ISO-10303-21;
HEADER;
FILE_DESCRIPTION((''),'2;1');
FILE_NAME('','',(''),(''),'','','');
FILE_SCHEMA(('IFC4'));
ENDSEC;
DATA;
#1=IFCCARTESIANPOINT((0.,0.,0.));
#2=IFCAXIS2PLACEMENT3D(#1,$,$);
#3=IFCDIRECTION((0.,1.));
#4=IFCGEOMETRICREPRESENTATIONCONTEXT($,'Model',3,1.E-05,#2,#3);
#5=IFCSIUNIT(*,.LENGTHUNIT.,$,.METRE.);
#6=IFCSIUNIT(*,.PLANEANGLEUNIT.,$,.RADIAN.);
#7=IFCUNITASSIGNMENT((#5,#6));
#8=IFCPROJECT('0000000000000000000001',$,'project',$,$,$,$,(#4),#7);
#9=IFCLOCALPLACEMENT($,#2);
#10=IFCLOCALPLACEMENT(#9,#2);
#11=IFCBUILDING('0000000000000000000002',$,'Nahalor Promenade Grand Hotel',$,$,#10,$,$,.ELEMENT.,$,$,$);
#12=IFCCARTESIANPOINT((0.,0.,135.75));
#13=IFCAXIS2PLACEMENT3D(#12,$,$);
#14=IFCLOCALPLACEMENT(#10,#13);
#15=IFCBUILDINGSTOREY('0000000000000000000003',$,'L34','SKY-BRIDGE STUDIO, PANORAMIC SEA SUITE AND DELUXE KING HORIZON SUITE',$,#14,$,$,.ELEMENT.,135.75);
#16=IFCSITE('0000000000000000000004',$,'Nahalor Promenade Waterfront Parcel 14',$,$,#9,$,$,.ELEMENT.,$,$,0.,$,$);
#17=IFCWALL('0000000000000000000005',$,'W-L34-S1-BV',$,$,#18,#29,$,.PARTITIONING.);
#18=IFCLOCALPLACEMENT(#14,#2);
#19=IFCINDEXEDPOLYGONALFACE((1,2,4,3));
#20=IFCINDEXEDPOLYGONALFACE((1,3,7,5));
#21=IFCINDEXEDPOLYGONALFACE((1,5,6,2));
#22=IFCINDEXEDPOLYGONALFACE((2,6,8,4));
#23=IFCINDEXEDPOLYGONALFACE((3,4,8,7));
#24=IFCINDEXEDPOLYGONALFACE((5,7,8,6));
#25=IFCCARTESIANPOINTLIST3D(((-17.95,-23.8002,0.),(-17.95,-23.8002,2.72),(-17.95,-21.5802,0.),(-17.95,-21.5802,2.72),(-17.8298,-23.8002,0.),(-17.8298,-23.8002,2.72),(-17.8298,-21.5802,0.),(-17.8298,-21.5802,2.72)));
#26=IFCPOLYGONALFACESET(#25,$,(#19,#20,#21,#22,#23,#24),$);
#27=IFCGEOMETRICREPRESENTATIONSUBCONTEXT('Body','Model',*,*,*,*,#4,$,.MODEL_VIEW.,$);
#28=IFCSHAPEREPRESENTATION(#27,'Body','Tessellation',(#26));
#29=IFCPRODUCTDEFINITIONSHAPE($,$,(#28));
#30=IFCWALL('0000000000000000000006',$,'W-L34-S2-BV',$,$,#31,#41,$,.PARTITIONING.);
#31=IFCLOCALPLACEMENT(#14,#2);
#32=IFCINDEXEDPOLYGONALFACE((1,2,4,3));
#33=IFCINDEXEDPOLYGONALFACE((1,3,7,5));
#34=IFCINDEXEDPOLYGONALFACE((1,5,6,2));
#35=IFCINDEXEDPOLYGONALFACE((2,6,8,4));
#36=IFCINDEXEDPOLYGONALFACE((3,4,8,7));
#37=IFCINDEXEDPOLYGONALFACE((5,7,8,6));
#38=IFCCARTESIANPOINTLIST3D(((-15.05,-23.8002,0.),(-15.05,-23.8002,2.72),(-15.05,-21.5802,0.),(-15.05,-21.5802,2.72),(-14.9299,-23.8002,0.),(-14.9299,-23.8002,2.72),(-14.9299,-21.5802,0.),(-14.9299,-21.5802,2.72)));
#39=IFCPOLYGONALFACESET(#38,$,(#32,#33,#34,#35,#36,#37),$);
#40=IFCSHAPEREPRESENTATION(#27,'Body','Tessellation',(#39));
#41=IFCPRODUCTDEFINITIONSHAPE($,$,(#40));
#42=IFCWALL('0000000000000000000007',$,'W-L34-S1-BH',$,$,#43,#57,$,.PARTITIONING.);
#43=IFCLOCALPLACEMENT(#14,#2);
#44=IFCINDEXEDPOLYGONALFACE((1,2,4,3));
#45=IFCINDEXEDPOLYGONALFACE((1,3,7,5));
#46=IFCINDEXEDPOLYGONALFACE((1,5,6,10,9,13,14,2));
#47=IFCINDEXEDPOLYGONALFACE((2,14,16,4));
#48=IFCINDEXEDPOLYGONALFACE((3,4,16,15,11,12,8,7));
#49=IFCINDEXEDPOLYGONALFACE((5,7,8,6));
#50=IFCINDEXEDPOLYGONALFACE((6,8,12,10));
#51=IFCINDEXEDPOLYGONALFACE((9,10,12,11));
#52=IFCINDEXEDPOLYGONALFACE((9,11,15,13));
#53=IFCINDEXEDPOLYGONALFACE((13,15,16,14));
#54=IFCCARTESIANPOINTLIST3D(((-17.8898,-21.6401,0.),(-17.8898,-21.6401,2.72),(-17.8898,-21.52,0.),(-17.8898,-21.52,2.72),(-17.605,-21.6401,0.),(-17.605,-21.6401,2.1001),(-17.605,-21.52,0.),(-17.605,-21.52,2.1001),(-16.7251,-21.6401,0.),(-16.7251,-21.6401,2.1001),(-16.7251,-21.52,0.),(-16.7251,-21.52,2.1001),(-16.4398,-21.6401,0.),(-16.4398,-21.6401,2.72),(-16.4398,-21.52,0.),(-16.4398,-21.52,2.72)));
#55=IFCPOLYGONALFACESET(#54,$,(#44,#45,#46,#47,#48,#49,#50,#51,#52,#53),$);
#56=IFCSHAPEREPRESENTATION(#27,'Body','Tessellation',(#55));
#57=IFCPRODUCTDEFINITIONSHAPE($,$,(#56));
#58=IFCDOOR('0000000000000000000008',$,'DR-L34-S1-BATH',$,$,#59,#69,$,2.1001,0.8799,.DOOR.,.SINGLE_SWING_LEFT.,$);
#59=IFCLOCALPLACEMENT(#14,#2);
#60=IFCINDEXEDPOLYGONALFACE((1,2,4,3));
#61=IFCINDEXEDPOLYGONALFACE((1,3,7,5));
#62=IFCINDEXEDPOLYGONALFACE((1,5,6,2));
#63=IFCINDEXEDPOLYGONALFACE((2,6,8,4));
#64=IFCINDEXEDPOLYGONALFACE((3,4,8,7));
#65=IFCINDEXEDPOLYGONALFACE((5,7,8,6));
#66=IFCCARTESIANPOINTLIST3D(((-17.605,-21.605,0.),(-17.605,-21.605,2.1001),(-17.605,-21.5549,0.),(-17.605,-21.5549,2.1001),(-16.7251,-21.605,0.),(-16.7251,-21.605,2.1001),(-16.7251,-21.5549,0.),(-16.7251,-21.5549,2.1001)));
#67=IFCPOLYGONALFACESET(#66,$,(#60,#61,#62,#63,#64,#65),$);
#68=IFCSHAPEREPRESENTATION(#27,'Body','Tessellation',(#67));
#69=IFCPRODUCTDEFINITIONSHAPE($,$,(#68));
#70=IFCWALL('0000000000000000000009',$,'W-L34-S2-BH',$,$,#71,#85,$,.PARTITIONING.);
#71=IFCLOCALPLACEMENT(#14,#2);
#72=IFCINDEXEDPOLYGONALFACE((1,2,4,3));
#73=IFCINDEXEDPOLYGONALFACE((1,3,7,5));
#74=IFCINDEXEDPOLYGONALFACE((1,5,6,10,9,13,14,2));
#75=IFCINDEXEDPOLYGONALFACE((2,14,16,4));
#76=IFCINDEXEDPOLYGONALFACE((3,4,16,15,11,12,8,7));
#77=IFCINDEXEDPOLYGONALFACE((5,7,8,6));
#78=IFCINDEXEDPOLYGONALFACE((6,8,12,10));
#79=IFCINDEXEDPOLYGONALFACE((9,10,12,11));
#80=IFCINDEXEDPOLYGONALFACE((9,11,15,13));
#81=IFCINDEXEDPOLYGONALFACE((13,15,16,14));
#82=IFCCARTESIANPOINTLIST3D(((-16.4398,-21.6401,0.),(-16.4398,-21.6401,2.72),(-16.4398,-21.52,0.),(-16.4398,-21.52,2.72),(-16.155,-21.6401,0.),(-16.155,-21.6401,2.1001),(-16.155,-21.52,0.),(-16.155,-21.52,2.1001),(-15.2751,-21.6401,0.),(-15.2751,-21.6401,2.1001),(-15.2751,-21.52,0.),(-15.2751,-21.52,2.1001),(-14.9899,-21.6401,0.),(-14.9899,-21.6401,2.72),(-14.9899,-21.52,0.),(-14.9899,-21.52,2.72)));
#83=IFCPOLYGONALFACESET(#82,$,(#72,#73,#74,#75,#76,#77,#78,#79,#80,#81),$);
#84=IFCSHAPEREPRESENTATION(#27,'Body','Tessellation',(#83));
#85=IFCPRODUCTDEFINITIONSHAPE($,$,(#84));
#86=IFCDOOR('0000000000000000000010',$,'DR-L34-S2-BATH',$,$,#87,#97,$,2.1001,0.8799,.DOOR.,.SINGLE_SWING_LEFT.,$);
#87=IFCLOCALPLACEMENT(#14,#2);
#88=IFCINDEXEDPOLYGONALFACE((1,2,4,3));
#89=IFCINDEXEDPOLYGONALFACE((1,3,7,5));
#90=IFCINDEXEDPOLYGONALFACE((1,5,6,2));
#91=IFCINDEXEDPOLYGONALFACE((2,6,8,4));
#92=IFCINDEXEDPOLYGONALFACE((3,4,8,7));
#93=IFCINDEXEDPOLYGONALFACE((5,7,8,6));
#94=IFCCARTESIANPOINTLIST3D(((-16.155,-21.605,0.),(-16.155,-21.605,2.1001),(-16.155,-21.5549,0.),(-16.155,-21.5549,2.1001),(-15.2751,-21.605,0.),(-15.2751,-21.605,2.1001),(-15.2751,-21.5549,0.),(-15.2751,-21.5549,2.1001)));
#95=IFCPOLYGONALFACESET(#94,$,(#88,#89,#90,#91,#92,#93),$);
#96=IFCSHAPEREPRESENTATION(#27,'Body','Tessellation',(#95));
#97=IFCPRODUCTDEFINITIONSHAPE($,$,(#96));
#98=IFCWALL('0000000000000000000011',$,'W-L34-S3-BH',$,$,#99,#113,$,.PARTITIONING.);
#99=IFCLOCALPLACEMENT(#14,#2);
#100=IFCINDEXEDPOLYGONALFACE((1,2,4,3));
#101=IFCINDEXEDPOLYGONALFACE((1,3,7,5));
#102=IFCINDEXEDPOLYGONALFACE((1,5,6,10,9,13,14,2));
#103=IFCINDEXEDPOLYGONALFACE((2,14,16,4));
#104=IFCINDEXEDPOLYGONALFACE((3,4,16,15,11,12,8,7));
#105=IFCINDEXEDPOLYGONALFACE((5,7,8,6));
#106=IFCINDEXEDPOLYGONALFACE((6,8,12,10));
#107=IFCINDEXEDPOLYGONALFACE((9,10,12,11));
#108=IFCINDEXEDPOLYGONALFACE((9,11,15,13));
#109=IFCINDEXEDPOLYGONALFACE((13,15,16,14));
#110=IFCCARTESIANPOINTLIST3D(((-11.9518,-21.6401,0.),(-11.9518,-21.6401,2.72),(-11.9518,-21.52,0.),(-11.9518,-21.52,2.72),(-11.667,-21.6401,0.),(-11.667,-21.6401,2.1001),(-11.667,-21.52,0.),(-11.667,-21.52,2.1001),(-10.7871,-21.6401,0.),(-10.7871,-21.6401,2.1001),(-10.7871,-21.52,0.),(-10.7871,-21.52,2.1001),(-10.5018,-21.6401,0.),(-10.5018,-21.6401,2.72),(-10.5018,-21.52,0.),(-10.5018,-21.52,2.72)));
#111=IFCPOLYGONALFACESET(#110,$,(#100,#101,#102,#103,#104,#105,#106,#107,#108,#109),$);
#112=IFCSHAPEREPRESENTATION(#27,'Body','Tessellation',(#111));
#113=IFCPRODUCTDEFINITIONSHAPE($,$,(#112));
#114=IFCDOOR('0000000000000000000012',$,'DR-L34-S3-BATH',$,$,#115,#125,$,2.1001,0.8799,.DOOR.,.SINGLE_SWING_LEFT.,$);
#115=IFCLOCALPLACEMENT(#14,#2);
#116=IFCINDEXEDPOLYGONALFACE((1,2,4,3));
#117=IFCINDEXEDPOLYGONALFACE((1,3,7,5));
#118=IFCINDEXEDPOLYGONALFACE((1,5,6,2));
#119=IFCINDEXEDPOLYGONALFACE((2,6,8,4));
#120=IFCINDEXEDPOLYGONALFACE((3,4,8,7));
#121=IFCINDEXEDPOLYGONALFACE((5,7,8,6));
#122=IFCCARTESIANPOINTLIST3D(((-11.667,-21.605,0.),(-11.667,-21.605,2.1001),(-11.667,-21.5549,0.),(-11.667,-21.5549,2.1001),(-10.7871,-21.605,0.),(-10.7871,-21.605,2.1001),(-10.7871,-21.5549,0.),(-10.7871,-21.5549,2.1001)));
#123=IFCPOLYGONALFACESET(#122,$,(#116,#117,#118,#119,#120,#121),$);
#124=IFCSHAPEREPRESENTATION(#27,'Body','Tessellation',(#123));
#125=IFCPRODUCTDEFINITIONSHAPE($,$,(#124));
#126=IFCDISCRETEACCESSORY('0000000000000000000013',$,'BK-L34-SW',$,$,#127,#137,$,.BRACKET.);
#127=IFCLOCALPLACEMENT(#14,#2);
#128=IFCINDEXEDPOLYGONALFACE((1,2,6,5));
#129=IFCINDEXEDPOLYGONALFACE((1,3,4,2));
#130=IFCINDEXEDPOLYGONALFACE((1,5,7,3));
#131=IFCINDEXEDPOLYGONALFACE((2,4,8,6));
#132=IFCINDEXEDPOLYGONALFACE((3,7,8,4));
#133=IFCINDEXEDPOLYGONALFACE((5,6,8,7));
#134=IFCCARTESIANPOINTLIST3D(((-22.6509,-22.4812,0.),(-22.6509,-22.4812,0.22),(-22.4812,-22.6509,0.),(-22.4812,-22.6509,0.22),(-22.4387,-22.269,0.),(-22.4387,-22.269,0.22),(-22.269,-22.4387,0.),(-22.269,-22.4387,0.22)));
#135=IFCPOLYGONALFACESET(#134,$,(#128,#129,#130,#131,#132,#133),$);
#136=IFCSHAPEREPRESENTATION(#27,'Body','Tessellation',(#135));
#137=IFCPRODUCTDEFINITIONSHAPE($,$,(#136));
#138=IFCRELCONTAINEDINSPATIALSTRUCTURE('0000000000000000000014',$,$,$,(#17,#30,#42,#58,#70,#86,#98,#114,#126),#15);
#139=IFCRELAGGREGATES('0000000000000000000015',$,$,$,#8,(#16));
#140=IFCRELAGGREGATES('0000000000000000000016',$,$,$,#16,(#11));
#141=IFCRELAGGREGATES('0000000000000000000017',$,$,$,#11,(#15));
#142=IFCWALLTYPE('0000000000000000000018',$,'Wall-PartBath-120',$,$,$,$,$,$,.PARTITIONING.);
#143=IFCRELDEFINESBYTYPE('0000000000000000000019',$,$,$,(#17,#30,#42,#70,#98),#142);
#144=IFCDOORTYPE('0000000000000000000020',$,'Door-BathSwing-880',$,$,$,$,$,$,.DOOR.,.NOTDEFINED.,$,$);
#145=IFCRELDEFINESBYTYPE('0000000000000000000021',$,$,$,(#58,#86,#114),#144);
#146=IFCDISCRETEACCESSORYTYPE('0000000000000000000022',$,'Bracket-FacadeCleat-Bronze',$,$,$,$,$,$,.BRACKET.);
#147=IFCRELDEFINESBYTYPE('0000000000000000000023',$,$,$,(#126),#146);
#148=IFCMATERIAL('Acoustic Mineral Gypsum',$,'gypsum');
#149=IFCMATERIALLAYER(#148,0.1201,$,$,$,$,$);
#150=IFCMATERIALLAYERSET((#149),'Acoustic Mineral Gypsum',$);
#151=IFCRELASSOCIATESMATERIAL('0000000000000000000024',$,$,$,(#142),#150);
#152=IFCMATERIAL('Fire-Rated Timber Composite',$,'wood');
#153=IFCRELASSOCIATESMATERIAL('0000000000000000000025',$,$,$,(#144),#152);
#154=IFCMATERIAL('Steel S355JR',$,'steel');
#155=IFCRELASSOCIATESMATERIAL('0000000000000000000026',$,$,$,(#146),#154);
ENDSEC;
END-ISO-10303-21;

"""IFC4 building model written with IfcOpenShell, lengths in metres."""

from ifc_helpers import new_model, si_unit, direction, frame, frame_2d, origin, origin_2d, place, context, subcontext, project, spatial, rectangle, extrude, source, transform, mapped, material, layer, layer_set, type_object, element, fill, save


model = new_model("IFC4")

# Units and contexts
model_context = context("Model", 3, precision=1e-05, world=origin(), true_north=direction((0.0, 1.0)))
body_context = subcontext(model_context, "Body", "Model", "MODEL_VIEW")
ifc_project = project(units=[si_unit("LENGTHUNIT", "METRE"), si_unit("PLANEANGLEUNIT", "RADIAN")], contexts=[model_context])

# Site, building, storey
site_placement = place(None, origin())
site = spatial("IfcSite", under=ifc_project, at=site_placement, Name="Nahalor Promenade Waterfront Parcel 14", CompositionType="ELEMENT", RefElevation=0.0)
building_placement = place(site_placement, origin())
building = spatial("IfcBuilding", under=site, at=building_placement, Name="Nahalor Promenade Grand Hotel", CompositionType="ELEMENT")
storey_placement = place(building_placement, frame((0.0, 0.0, 135.75)))
storey = spatial("IfcBuildingStorey", under=building, at=storey_placement, Name="L34", Description="SKY-BRIDGE STUDIO, PANORAMIC SEA SUITE AND DELUXE KING HORIZON SUITE", CompositionType="ELEMENT", Elevation=135.75)

# Shared definitions
ifc_material_1 = material(Name="Steel S355JR", Category="steel")

# Walls
ifc_material_2 = material(Name="Acoustic Mineral Gypsum", Category="gypsum")
ifc_layer_1 = layer(ifc_material_2, 0.1201)
ifc_layer_set_1 = layer_set([ifc_layer_1], Name="Acoustic Mineral Gypsum")
wall_type_1 = type_object("IfcWallType", Name="Wall-PartBath-120", PredefinedType="PARTITIONING", material=ifc_layer_set_1)
shared_shape_1 = source(origin(), body_context, "Body", "SweptSolid", [
    extrude(rectangle(XDim=2.22, YDim=0.1201, at=frame_2d((1.1099, 0.0))), origin(), (0.0, 0.0, 1.0), 2.72),
])
for number, where, z_axis, x_axis, name in (
    (1, (-17.8899, -23.8, 0.0), (0.0, 0.0, 1.0), (0.0, 1.0, 0.0), "W-L34-S1-BV"),
    (2, (-14.99, -23.8, 0.0), (0.0, 0.0, 1.0), (0.0, 1.0, 0.0), "W-L34-S2-BV"),
):
    element("IfcWall", number, at=place(storey_placement, frame(where, z_axis=z_axis, x_axis=x_axis)), inside=storey, type_object=wall_type_1, Name=name, PredefinedType="PARTITIONING", context=body_context, shape_type="MappedRepresentation", body=[
        mapped(shared_shape_1, transform((0.0, 0.0, 0.0), scale=1.0)),
    ])

# Walls, openings, doors
shared_shape_2 = source(origin(), body_context, "Body", "SweptSolid", [
    extrude(rectangle(XDim=1.45, YDim=0.1201, at=frame_2d((0.7251, 0.0))), origin(), (0.0, 0.0, 1.0), 2.72),
])
wall_1_placement = place(storey_placement, frame((-17.8899, -21.5801, 0.0), z_axis=(0.0, 0.0, 1.0), x_axis=(1.0, 0.0, 0.0)))
wall_1 = element("IfcWall", 3, at=wall_1_placement, inside=storey, type_object=wall_type_1, Name="W-L34-S1-BH", PredefinedType="PARTITIONING", context=body_context, shape_type="MappedRepresentation", body=[
    mapped(shared_shape_2, transform((0.0, 0.0, 0.0), scale=1.0)),
])
opening_1_placement = place(wall_1_placement, frame((0.2849, 0.0, 0.0)))
opening_1 = element("IfcOpeningElement", 4, at=opening_1_placement, cuts=wall_1, PredefinedType="OPENING", context=body_context, shape_type="SweptSolid", body=[
    extrude(rectangle(XDim=0.8799, YDim=2.1001, at=frame_2d((0.4399, 1.05))), frame((0.0, 0.0701, 0.0), z_axis=(0.0, -1.0, 0.0), x_axis=(1.0, 0.0, 0.0)), (0.0, 0.0, 1.0), 0.1401),
])
ifc_material_3 = material(Name="Fire-Rated Timber Composite", Category="wood")
door_type = type_object("IfcDoorType", Name="Door-BathSwing-880", OperationType="NOTDEFINED", PredefinedType="DOOR", material=ifc_material_3)
shared_shape_3 = source(origin(), body_context, "Body", "SweptSolid", [
    extrude(rectangle(XDim=0.8799, YDim=2.1001, at=frame_2d((0.4399, 1.05))), frame((0.0, 0.0249, 0.0), z_axis=(0.0, -1.0, 0.0), x_axis=(1.0, 0.0, 0.0)), (0.0, 0.0, 1.0), 0.05),
])
door_1_placement = place(opening_1_placement, frame((0.8799, 0.0, 0.0), z_axis=(0.0, 0.0, 1.0), x_axis=(-1.0, 0.0, 0.0)))
door_1 = element("IfcDoor", 5, at=door_1_placement, inside=storey, type_object=door_type, Name="DR-L34-S1-BATH", OperationType="SINGLE_SWING_LEFT", OverallHeight=2.1001, OverallWidth=0.8799, PredefinedType="DOOR", context=body_context, shape_type="MappedRepresentation", body=[
    mapped(shared_shape_3, transform((0.0, 0.0, 0.0), scale=1.0)),
])
fill(opening_1, door_1)
wall_2_placement = place(storey_placement, frame((-16.4399, -21.5801, 0.0), z_axis=(0.0, 0.0, 1.0), x_axis=(1.0, 0.0, 0.0)))
wall_2 = element("IfcWall", 6, at=wall_2_placement, inside=storey, type_object=wall_type_1, Name="W-L34-S2-BH", PredefinedType="PARTITIONING", context=body_context, shape_type="MappedRepresentation", body=[
    mapped(shared_shape_2, transform((0.0, 0.0, 0.0), scale=1.0)),
])
opening_2_placement = place(wall_2_placement, frame((0.2849, 0.0, 0.0)))
opening_2 = element("IfcOpeningElement", 7, at=opening_2_placement, cuts=wall_2, PredefinedType="OPENING", context=body_context, shape_type="SweptSolid", body=[
    extrude(rectangle(XDim=0.8799, YDim=2.1001, at=frame_2d((0.4399, 1.05))), frame((0.0, 0.0701, 0.0), z_axis=(0.0, -1.0, 0.0), x_axis=(1.0, 0.0, 0.0)), (0.0, 0.0, 1.0), 0.1401),
])
door_2_placement = place(opening_2_placement, frame((0.8799, 0.0, 0.0), z_axis=(0.0, 0.0, 1.0), x_axis=(-1.0, 0.0, 0.0)))
door_2 = element("IfcDoor", 8, at=door_2_placement, inside=storey, type_object=door_type, Name="DR-L34-S2-BATH", OperationType="SINGLE_SWING_LEFT", OverallHeight=2.1001, OverallWidth=0.8799, PredefinedType="DOOR", context=body_context, shape_type="MappedRepresentation", body=[
    mapped(shared_shape_3, transform((0.0, 0.0, 0.0), scale=1.0)),
])
fill(opening_2, door_2)
wall_3_placement = place(storey_placement, frame((-11.9519, -21.5801, 0.0), z_axis=(0.0, 0.0, 1.0), x_axis=(1.0, 0.0, 0.0)))
wall_3 = element("IfcWall", 9, at=wall_3_placement, inside=storey, type_object=wall_type_1, Name="W-L34-S3-BH", PredefinedType="PARTITIONING", context=body_context, shape_type="MappedRepresentation", body=[
    mapped(shared_shape_2, transform((0.0, 0.0, 0.0), scale=1.0)),
])
opening_3_placement = place(wall_3_placement, frame((0.2849, 0.0, 0.0)))
opening_3 = element("IfcOpeningElement", 10, at=opening_3_placement, cuts=wall_3, PredefinedType="OPENING", context=body_context, shape_type="SweptSolid", body=[
    extrude(rectangle(XDim=0.8799, YDim=2.1001, at=frame_2d((0.4399, 1.05))), frame((0.0, 0.0701, 0.0), z_axis=(0.0, -1.0, 0.0), x_axis=(1.0, 0.0, 0.0)), (0.0, 0.0, 1.0), 0.1401),
])
door_3_placement = place(opening_3_placement, frame((0.8799, 0.0, 0.0), z_axis=(0.0, 0.0, 1.0), x_axis=(-1.0, 0.0, 0.0)))
door_3 = element("IfcDoor", 11, at=door_3_placement, inside=storey, type_object=door_type, Name="DR-L34-S3-BATH", OperationType="SINGLE_SWING_LEFT", OverallHeight=2.1001, OverallWidth=0.8799, PredefinedType="DOOR", context=body_context, shape_type="MappedRepresentation", body=[
    mapped(shared_shape_3, transform((0.0, 0.0, 0.0), scale=1.0)),
])
fill(opening_3, door_3)

# Discrete accessory
discrete_accessory_type = type_object("IfcDiscreteAccessoryType", Name="Bracket-FacadeCleat-Bronze", PredefinedType="BRACKET", material=ifc_material_1)
shared_shape_4 = source(origin(), body_context, "Body", "SweptSolid", [
    extrude(rectangle(XDim=0.3, YDim=0.24, at=origin_2d()), origin(), (0.0, 0.0, 1.0), 0.22),
])
discrete_accessory_placement = place(storey_placement, frame((-22.46, -22.46, 0.0), z_axis=(0.0, 0.0, 1.0), x_axis=(0.707107, 0.707107, 0.0)))
element("IfcDiscreteAccessory", 12, at=discrete_accessory_placement, inside=storey, type_object=discrete_accessory_type, Name="BK-L34-SW", PredefinedType="BRACKET", context=body_context, shape_type="MappedRepresentation", body=[
    mapped(shared_shape_4, transform((0.0, 0.0, 0.0), scale=1.0)),
])

save(model, "model.ifc")
